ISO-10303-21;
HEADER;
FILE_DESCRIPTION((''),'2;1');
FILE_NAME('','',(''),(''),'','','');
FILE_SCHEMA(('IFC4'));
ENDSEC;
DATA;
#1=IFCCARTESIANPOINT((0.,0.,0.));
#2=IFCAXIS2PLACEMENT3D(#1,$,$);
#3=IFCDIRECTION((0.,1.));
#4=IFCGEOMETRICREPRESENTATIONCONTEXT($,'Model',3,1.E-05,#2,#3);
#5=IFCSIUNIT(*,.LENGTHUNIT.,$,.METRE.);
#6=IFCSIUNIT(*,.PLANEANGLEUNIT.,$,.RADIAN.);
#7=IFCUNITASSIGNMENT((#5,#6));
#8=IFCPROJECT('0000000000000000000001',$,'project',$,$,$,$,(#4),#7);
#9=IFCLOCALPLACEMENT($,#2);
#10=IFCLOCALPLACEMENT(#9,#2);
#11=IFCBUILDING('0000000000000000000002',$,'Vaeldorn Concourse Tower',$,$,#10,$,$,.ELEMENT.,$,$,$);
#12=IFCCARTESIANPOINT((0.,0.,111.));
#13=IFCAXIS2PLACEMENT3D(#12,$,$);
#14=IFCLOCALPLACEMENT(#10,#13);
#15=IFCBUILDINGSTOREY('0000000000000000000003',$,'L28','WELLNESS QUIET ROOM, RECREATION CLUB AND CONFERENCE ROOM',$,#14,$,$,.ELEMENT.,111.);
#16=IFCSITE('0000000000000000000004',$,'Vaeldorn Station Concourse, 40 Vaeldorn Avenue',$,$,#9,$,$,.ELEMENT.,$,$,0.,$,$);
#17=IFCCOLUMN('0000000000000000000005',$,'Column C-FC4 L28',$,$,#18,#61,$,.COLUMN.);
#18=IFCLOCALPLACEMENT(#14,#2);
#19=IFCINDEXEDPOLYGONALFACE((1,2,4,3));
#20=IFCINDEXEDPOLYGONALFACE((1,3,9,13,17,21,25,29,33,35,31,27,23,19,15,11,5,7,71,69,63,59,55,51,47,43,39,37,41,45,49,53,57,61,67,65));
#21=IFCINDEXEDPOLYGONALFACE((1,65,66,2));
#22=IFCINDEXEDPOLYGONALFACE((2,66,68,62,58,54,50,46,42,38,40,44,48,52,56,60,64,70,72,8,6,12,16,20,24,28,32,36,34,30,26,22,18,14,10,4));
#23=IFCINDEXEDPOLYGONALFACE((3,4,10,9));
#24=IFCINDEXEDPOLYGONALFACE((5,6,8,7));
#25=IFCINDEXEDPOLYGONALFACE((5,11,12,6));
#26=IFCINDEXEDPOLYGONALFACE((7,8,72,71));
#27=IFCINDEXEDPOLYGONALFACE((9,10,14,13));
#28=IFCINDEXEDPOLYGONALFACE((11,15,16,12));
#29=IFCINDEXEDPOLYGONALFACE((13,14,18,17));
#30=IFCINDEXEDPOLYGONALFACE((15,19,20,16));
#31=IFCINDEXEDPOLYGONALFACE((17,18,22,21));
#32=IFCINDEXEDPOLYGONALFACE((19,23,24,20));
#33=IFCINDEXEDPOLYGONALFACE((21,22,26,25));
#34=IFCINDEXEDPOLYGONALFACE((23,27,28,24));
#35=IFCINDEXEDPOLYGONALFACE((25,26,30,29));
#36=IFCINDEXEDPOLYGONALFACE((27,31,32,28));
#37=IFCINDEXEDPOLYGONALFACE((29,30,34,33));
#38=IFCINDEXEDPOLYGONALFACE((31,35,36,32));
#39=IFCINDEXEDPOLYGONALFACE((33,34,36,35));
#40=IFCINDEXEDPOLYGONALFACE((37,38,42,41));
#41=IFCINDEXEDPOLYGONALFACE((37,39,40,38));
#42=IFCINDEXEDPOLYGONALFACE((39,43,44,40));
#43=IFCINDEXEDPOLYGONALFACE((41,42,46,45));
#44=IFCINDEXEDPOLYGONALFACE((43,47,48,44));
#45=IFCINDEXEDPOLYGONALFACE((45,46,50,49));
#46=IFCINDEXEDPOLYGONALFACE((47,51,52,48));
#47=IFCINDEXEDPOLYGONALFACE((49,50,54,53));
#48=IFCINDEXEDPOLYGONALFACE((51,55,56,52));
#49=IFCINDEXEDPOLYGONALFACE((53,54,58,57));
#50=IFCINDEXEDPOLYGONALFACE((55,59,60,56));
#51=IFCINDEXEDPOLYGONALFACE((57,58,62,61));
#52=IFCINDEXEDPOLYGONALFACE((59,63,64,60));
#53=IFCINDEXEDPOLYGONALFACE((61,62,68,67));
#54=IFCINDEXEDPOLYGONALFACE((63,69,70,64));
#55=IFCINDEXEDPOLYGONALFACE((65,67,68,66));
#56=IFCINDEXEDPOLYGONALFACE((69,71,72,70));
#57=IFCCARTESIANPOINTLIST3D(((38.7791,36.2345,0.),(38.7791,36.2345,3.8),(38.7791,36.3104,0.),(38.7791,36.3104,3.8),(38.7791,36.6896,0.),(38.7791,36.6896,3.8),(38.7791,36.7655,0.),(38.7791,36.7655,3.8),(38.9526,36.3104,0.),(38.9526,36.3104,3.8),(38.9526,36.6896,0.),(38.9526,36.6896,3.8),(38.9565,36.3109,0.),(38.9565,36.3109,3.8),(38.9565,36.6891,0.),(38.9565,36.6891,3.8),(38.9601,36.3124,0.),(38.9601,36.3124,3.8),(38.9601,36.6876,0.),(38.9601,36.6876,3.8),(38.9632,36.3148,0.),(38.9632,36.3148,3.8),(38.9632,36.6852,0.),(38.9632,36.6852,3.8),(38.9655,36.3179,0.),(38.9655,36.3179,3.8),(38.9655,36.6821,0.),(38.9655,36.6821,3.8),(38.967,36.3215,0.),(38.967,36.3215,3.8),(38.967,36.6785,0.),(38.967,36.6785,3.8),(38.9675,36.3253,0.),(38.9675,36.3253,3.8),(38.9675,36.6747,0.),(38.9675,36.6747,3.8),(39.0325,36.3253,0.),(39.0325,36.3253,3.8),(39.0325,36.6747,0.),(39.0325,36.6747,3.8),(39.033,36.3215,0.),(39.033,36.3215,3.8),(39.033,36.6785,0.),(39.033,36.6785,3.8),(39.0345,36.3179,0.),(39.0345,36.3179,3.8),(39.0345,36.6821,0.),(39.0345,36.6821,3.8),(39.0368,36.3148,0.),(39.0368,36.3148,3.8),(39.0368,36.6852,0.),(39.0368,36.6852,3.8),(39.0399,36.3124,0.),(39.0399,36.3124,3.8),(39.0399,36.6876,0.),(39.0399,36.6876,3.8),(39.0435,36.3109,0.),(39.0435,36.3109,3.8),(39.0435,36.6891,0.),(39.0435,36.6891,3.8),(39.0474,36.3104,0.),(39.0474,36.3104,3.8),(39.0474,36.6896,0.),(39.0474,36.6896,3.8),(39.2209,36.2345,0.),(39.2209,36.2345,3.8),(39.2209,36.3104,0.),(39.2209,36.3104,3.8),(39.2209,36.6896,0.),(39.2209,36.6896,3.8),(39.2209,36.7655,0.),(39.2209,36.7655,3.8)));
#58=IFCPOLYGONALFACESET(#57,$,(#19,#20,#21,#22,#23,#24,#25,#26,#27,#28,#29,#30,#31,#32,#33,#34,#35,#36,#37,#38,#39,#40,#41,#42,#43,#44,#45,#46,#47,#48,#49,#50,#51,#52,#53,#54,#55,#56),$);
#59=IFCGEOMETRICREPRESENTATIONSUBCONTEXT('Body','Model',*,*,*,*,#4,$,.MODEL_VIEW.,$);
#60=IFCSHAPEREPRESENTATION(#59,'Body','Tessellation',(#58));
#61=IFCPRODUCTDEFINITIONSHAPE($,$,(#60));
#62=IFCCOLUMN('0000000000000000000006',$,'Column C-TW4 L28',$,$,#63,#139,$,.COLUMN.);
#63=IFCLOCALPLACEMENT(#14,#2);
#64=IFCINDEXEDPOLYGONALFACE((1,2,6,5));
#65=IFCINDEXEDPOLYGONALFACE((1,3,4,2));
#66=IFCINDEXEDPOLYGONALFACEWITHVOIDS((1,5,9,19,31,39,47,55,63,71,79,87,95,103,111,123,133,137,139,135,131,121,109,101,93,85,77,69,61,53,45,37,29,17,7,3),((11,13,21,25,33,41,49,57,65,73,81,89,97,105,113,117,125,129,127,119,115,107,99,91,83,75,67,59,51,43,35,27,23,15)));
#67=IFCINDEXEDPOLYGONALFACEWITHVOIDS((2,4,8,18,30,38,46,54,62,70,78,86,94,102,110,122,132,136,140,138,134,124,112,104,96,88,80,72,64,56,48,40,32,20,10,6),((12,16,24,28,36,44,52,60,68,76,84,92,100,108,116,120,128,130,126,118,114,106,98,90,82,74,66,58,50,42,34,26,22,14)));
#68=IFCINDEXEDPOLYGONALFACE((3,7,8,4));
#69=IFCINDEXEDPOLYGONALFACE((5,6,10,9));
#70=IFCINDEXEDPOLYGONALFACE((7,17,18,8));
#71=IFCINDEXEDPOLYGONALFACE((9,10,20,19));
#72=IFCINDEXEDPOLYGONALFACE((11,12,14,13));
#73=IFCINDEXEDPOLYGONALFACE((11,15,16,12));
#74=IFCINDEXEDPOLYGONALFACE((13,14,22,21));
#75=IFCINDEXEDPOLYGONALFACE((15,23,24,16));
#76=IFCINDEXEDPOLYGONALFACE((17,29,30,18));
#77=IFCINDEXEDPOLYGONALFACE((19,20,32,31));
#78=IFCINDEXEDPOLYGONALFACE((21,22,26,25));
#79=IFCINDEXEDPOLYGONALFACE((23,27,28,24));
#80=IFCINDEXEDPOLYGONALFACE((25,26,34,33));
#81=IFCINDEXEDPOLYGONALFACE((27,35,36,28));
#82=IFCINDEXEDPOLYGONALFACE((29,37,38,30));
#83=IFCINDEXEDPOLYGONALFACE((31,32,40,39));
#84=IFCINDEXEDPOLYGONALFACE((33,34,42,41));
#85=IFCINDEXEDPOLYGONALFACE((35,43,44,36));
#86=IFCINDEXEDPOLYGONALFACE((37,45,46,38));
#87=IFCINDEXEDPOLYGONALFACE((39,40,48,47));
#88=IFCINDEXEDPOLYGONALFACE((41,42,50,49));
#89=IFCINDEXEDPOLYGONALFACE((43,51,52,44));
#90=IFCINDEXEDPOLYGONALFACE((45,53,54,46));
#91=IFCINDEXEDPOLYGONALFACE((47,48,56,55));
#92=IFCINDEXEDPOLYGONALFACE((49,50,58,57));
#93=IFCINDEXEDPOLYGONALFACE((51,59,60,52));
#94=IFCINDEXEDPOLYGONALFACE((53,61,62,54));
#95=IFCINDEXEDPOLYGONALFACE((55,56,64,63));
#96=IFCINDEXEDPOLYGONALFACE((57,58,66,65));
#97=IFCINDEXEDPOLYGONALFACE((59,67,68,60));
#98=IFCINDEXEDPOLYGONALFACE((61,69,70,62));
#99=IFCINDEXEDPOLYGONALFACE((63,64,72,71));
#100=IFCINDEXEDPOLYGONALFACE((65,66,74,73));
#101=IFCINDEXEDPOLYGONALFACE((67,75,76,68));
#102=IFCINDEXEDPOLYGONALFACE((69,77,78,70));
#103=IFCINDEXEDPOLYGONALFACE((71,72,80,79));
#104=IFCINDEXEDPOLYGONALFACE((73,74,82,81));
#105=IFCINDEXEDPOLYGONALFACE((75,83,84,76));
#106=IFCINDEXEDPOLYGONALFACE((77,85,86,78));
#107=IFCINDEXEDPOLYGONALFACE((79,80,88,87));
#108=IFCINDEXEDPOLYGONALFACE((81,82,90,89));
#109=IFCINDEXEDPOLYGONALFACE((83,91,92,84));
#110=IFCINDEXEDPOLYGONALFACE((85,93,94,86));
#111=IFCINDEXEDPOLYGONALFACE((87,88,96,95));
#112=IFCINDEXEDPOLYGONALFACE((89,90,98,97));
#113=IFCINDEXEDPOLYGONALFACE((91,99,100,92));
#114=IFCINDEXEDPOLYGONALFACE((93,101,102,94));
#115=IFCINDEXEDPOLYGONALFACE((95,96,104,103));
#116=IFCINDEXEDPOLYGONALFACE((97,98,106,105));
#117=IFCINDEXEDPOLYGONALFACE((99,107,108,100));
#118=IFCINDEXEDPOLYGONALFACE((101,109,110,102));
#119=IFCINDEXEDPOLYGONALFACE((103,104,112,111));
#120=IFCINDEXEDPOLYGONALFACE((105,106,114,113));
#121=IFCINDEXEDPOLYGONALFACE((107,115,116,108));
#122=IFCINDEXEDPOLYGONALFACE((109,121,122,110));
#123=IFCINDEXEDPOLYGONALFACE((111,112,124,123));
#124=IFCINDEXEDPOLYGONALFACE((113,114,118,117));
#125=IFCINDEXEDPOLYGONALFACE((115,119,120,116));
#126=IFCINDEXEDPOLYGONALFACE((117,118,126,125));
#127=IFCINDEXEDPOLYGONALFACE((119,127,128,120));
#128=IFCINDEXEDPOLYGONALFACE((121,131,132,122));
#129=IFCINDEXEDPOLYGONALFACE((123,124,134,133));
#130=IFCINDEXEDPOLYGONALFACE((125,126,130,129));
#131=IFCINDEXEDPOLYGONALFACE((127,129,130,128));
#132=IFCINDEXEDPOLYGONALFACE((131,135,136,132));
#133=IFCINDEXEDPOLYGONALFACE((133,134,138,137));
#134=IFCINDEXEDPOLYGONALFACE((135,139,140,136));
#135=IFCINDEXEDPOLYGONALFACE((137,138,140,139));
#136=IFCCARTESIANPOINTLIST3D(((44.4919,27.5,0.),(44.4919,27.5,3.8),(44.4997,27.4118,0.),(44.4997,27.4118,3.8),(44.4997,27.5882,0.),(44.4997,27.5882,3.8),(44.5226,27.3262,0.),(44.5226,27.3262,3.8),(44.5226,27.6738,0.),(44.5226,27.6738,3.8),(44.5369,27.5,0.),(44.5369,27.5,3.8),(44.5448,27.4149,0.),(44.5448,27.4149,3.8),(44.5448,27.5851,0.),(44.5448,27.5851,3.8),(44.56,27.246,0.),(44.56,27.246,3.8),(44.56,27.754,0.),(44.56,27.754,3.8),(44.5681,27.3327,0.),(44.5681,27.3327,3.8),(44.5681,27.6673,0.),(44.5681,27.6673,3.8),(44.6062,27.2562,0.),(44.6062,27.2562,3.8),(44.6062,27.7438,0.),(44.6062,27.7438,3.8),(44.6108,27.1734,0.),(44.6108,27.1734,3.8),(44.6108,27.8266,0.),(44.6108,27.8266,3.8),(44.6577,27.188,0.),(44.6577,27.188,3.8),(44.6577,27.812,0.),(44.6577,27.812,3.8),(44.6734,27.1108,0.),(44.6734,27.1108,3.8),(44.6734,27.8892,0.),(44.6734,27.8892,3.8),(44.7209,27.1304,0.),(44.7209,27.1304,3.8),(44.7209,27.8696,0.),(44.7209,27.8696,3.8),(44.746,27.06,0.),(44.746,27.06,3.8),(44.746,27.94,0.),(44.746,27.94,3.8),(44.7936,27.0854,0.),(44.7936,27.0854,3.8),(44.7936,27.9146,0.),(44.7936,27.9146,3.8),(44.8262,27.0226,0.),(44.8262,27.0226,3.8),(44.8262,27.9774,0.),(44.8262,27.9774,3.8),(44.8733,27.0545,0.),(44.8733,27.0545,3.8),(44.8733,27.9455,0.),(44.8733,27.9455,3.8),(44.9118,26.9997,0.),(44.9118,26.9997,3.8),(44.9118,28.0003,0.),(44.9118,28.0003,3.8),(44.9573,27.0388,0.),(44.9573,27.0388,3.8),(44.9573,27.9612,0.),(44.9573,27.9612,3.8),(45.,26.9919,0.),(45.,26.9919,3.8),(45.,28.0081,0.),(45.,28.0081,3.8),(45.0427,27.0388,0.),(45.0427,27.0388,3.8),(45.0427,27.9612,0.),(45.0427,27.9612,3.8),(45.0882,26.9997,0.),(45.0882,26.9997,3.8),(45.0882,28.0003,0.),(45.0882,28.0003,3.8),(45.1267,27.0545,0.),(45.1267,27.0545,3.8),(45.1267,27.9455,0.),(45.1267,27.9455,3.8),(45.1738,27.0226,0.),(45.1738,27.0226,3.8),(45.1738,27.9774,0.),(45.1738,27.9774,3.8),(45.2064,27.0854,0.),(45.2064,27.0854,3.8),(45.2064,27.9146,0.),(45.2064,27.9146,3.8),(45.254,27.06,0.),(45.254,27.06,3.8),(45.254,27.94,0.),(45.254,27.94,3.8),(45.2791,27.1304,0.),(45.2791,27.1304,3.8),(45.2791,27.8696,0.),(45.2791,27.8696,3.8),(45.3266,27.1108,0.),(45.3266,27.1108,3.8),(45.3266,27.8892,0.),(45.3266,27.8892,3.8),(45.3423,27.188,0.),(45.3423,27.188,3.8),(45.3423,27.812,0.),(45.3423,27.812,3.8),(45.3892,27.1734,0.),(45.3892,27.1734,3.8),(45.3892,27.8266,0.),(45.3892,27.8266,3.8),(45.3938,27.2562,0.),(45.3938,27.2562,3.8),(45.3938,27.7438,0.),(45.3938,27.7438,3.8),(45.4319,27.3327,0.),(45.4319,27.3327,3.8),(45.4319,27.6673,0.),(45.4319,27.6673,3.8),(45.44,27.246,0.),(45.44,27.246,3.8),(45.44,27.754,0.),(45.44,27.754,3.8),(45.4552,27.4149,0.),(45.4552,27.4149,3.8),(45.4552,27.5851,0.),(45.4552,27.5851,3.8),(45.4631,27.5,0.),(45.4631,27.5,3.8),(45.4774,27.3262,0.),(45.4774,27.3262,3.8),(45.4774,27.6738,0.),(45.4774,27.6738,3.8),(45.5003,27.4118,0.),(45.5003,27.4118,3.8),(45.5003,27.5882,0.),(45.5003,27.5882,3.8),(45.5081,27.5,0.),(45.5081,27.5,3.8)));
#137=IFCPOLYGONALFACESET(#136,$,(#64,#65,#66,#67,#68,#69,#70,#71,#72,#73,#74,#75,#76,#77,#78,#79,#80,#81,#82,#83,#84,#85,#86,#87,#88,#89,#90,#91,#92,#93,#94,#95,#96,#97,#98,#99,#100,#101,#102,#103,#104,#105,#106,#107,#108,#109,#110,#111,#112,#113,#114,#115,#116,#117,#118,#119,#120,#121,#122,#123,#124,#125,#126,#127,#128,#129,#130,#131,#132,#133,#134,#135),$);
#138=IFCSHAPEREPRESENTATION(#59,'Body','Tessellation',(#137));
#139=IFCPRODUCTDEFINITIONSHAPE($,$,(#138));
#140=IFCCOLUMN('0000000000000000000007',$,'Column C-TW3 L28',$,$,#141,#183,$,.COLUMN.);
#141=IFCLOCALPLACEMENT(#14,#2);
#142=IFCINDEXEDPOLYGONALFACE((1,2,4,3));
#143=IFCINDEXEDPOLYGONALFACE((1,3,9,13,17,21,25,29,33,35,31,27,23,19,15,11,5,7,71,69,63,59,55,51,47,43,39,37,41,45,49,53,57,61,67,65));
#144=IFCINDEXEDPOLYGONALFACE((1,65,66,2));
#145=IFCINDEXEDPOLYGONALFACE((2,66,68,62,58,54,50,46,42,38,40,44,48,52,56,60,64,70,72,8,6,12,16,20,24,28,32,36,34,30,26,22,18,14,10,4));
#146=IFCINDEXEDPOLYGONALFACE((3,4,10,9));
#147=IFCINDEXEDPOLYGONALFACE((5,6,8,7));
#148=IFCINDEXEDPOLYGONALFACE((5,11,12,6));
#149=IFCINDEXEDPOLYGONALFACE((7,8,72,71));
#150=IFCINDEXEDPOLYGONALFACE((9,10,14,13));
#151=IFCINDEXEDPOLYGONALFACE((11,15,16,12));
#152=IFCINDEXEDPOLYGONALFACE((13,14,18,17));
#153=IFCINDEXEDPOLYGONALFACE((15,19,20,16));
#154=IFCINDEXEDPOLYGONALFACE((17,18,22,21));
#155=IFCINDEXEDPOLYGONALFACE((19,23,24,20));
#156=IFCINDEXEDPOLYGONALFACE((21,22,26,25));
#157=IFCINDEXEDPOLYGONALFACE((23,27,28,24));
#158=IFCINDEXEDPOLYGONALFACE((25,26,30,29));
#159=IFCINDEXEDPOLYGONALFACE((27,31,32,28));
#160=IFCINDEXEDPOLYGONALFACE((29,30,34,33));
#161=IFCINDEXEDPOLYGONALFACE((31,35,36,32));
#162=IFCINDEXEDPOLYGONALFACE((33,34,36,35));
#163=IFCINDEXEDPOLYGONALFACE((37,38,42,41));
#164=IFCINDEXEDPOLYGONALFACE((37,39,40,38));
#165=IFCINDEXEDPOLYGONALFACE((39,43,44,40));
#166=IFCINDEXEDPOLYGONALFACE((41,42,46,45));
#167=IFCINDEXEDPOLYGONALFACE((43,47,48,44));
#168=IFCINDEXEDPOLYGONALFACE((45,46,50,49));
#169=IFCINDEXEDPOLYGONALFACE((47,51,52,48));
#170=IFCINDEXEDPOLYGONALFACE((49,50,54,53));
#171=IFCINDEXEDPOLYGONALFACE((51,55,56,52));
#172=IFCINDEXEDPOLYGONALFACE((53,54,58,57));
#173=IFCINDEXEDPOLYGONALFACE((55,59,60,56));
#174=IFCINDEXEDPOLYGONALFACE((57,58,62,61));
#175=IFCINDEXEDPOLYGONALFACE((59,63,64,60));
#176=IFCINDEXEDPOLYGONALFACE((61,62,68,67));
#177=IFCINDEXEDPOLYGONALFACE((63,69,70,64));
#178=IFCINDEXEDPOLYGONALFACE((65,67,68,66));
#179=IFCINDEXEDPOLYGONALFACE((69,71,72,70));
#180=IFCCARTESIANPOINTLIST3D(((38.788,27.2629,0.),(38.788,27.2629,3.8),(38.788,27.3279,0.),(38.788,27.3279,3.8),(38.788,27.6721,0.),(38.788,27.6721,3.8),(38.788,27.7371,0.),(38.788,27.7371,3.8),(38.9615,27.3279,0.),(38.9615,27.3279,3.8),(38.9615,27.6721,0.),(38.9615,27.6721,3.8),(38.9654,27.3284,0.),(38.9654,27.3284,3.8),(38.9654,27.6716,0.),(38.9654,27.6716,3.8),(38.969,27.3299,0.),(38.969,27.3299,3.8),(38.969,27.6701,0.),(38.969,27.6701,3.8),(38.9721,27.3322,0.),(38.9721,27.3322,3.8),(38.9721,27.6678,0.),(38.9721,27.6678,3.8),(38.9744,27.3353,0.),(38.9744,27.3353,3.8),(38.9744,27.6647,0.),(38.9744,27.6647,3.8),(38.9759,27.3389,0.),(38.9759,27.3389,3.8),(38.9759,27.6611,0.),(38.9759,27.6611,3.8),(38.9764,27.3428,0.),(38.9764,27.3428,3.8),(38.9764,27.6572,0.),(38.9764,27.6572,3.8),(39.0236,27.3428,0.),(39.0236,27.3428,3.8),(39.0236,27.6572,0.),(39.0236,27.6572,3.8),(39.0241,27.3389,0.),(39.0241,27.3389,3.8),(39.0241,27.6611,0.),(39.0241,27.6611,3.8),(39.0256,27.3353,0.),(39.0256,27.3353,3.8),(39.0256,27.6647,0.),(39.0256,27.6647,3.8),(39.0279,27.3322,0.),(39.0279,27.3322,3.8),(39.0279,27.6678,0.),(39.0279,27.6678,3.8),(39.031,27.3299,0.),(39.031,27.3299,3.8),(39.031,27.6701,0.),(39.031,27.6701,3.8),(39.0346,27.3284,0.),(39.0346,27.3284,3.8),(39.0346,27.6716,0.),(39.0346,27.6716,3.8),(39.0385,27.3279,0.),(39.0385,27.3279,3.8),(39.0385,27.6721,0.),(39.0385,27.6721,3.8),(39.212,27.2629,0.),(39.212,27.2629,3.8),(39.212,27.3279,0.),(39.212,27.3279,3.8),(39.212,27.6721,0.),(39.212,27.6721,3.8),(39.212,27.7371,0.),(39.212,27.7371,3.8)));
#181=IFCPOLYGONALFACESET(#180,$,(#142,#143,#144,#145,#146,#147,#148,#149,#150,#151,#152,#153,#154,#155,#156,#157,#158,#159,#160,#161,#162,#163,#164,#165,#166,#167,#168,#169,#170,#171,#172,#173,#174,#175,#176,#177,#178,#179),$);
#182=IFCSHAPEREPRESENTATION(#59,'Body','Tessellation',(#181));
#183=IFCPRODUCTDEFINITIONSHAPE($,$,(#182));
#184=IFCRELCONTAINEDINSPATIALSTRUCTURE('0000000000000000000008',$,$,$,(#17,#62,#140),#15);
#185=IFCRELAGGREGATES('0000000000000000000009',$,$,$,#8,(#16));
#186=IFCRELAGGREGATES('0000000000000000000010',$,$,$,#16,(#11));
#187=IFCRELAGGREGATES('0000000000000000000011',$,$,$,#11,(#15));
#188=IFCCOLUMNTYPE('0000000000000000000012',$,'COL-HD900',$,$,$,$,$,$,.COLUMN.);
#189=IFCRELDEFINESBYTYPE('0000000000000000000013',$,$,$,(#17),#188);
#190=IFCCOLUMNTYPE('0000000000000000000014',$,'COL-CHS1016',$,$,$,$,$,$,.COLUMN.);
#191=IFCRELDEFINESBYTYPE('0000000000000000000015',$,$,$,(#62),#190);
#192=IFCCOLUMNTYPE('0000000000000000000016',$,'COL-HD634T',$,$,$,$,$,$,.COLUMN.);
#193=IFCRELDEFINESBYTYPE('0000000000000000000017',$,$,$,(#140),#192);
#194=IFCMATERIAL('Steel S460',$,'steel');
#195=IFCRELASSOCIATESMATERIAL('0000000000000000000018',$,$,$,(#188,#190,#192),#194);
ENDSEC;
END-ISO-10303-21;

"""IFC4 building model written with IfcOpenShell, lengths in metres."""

from ifc_helpers import new_model, si_unit, direction, frame, origin, origin_2d, place, context, subcontext, project, spatial, hollow_circle, i_section, extrude, source, transform, mapped, material, material_profile, profile_set, type_object, element, save


model = new_model("IFC4")

# Units and contexts
model_context = context("Model", 3, precision=1e-05, world=origin(), true_north=direction((0.0, 1.0)))
body_context = subcontext(model_context, "Body", "Model", "MODEL_VIEW")
ifc_project = project(units=[si_unit("LENGTHUNIT", "METRE"), si_unit("PLANEANGLEUNIT", "RADIAN")], contexts=[model_context])

# Site, building, storey
site_placement = place(None, origin())
site = spatial("IfcSite", under=ifc_project, at=site_placement, Name="Vaeldorn Station Concourse, 40 Vaeldorn Avenue", CompositionType="ELEMENT", RefElevation=0.0)
building_placement = place(site_placement, origin())
building = spatial("IfcBuilding", under=site, at=building_placement, Name="Vaeldorn Concourse Tower", CompositionType="ELEMENT")
storey_placement = place(building_placement, frame((0.0, 0.0, 111.0)))
storey = spatial("IfcBuildingStorey", under=building, at=storey_placement, Name="L28", Description="WELLNESS QUIET ROOM, RECREATION CLUB AND CONFERENCE ROOM", CompositionType="ELEMENT", Elevation=111.0)

# Columns
ifc_material_1 = material(Name="Steel S460", Category="steel")
ifc_material_profile_1 = material_profile(ifc_material_1, i_section(OverallWidth=0.4419, OverallDepth=0.531, WebThickness=0.0649, FlangeThickness=0.0759, FilletRadius=0.0149, at=origin_2d()), Name="HD 400x900")
ifc_profile_set_1 = profile_set([ifc_material_profile_1], Name="Steel S460")
column_type_1 = type_object("IfcColumnType", Name="COL-HD900", PredefinedType="COLUMN", material=ifc_profile_set_1)
shared_shape_1 = source(origin(), body_context, "Body", "SweptSolid", [
    extrude(i_section(OverallWidth=0.4419, OverallDepth=0.531, WebThickness=0.0649, FlangeThickness=0.0759, FilletRadius=0.0149, at=origin_2d()), origin(), (0.0, 0.0, 1.0), 3.8),
])
column_1_placement = place(storey_placement, frame((39.0, 36.5, 0.0), z_axis=(0.0, 0.0, 1.0), x_axis=(1.0, 0.0, 0.0)))
element("IfcColumn", 1, at=column_1_placement, inside=storey, type_object=column_type_1, Name="Column C-FC4 L28", PredefinedType="COLUMN", context=body_context, shape_type="MappedRepresentation", body=[
    mapped(shared_shape_1, transform((0.0, 0.0, 0.0), scale=1.0)),
])
ifc_material_profile_2 = material_profile(ifc_material_1, hollow_circle(Radius=0.5081, WallThickness=0.0449, at=origin_2d()), Name="CHS 1016x45")
ifc_profile_set_2 = profile_set([ifc_material_profile_2], Name="Steel S460")
column_type_2 = type_object("IfcColumnType", Name="COL-CHS1016", PredefinedType="COLUMN", material=ifc_profile_set_2)
shared_shape_2 = source(origin(), body_context, "Body", "SweptSolid", [
    extrude(hollow_circle(Radius=0.5081, WallThickness=0.0449, at=origin_2d()), origin(), (0.0, 0.0, 1.0), 3.8),
])
column_2_placement = place(storey_placement, frame((45.0, 27.5, 0.0), z_axis=(0.0, 0.0, 1.0), x_axis=(1.0, 0.0, 0.0)))
element("IfcColumn", 2, at=column_2_placement, inside=storey, type_object=column_type_2, Name="Column C-TW4 L28", PredefinedType="COLUMN", context=body_context, shape_type="MappedRepresentation", body=[
    mapped(shared_shape_2, transform((0.0, 0.0, 0.0), scale=1.0)),
])
ifc_material_profile_3 = material_profile(ifc_material_1, i_section(OverallWidth=0.4241, OverallDepth=0.4741, WebThickness=0.0471, FlangeThickness=0.0649, FilletRadius=0.0149, at=origin_2d()), Name="HD 400x634")
ifc_profile_set_3 = profile_set([ifc_material_profile_3], Name="Steel S460")
column_type_3 = type_object("IfcColumnType", Name="COL-HD634T", PredefinedType="COLUMN", material=ifc_profile_set_3)
shared_shape_3 = source(origin(), body_context, "Body", "SweptSolid", [
    extrude(i_section(OverallWidth=0.4241, OverallDepth=0.4741, WebThickness=0.0471, FlangeThickness=0.0649, FilletRadius=0.0149, at=origin_2d()), origin(), (0.0, 0.0, 1.0), 3.8),
])
for number, where, z_axis, x_axis, name in (
    (3, (39.0, 27.5, 0.0), (0.0, 0.0, 1.0), (1.0, 0.0, 0.0), "Column C-TW3 L28"),
):
    element("IfcColumn", number, at=place(storey_placement, frame(where, z_axis=z_axis, x_axis=x_axis)), inside=storey, type_object=column_type_3, Name=name, PredefinedType="COLUMN", context=body_context, shape_type="MappedRepresentation", body=[
        mapped(shared_shape_3, transform((0.0, 0.0, 0.0), scale=1.0)),
    ])

save(model, "model.ifc")
